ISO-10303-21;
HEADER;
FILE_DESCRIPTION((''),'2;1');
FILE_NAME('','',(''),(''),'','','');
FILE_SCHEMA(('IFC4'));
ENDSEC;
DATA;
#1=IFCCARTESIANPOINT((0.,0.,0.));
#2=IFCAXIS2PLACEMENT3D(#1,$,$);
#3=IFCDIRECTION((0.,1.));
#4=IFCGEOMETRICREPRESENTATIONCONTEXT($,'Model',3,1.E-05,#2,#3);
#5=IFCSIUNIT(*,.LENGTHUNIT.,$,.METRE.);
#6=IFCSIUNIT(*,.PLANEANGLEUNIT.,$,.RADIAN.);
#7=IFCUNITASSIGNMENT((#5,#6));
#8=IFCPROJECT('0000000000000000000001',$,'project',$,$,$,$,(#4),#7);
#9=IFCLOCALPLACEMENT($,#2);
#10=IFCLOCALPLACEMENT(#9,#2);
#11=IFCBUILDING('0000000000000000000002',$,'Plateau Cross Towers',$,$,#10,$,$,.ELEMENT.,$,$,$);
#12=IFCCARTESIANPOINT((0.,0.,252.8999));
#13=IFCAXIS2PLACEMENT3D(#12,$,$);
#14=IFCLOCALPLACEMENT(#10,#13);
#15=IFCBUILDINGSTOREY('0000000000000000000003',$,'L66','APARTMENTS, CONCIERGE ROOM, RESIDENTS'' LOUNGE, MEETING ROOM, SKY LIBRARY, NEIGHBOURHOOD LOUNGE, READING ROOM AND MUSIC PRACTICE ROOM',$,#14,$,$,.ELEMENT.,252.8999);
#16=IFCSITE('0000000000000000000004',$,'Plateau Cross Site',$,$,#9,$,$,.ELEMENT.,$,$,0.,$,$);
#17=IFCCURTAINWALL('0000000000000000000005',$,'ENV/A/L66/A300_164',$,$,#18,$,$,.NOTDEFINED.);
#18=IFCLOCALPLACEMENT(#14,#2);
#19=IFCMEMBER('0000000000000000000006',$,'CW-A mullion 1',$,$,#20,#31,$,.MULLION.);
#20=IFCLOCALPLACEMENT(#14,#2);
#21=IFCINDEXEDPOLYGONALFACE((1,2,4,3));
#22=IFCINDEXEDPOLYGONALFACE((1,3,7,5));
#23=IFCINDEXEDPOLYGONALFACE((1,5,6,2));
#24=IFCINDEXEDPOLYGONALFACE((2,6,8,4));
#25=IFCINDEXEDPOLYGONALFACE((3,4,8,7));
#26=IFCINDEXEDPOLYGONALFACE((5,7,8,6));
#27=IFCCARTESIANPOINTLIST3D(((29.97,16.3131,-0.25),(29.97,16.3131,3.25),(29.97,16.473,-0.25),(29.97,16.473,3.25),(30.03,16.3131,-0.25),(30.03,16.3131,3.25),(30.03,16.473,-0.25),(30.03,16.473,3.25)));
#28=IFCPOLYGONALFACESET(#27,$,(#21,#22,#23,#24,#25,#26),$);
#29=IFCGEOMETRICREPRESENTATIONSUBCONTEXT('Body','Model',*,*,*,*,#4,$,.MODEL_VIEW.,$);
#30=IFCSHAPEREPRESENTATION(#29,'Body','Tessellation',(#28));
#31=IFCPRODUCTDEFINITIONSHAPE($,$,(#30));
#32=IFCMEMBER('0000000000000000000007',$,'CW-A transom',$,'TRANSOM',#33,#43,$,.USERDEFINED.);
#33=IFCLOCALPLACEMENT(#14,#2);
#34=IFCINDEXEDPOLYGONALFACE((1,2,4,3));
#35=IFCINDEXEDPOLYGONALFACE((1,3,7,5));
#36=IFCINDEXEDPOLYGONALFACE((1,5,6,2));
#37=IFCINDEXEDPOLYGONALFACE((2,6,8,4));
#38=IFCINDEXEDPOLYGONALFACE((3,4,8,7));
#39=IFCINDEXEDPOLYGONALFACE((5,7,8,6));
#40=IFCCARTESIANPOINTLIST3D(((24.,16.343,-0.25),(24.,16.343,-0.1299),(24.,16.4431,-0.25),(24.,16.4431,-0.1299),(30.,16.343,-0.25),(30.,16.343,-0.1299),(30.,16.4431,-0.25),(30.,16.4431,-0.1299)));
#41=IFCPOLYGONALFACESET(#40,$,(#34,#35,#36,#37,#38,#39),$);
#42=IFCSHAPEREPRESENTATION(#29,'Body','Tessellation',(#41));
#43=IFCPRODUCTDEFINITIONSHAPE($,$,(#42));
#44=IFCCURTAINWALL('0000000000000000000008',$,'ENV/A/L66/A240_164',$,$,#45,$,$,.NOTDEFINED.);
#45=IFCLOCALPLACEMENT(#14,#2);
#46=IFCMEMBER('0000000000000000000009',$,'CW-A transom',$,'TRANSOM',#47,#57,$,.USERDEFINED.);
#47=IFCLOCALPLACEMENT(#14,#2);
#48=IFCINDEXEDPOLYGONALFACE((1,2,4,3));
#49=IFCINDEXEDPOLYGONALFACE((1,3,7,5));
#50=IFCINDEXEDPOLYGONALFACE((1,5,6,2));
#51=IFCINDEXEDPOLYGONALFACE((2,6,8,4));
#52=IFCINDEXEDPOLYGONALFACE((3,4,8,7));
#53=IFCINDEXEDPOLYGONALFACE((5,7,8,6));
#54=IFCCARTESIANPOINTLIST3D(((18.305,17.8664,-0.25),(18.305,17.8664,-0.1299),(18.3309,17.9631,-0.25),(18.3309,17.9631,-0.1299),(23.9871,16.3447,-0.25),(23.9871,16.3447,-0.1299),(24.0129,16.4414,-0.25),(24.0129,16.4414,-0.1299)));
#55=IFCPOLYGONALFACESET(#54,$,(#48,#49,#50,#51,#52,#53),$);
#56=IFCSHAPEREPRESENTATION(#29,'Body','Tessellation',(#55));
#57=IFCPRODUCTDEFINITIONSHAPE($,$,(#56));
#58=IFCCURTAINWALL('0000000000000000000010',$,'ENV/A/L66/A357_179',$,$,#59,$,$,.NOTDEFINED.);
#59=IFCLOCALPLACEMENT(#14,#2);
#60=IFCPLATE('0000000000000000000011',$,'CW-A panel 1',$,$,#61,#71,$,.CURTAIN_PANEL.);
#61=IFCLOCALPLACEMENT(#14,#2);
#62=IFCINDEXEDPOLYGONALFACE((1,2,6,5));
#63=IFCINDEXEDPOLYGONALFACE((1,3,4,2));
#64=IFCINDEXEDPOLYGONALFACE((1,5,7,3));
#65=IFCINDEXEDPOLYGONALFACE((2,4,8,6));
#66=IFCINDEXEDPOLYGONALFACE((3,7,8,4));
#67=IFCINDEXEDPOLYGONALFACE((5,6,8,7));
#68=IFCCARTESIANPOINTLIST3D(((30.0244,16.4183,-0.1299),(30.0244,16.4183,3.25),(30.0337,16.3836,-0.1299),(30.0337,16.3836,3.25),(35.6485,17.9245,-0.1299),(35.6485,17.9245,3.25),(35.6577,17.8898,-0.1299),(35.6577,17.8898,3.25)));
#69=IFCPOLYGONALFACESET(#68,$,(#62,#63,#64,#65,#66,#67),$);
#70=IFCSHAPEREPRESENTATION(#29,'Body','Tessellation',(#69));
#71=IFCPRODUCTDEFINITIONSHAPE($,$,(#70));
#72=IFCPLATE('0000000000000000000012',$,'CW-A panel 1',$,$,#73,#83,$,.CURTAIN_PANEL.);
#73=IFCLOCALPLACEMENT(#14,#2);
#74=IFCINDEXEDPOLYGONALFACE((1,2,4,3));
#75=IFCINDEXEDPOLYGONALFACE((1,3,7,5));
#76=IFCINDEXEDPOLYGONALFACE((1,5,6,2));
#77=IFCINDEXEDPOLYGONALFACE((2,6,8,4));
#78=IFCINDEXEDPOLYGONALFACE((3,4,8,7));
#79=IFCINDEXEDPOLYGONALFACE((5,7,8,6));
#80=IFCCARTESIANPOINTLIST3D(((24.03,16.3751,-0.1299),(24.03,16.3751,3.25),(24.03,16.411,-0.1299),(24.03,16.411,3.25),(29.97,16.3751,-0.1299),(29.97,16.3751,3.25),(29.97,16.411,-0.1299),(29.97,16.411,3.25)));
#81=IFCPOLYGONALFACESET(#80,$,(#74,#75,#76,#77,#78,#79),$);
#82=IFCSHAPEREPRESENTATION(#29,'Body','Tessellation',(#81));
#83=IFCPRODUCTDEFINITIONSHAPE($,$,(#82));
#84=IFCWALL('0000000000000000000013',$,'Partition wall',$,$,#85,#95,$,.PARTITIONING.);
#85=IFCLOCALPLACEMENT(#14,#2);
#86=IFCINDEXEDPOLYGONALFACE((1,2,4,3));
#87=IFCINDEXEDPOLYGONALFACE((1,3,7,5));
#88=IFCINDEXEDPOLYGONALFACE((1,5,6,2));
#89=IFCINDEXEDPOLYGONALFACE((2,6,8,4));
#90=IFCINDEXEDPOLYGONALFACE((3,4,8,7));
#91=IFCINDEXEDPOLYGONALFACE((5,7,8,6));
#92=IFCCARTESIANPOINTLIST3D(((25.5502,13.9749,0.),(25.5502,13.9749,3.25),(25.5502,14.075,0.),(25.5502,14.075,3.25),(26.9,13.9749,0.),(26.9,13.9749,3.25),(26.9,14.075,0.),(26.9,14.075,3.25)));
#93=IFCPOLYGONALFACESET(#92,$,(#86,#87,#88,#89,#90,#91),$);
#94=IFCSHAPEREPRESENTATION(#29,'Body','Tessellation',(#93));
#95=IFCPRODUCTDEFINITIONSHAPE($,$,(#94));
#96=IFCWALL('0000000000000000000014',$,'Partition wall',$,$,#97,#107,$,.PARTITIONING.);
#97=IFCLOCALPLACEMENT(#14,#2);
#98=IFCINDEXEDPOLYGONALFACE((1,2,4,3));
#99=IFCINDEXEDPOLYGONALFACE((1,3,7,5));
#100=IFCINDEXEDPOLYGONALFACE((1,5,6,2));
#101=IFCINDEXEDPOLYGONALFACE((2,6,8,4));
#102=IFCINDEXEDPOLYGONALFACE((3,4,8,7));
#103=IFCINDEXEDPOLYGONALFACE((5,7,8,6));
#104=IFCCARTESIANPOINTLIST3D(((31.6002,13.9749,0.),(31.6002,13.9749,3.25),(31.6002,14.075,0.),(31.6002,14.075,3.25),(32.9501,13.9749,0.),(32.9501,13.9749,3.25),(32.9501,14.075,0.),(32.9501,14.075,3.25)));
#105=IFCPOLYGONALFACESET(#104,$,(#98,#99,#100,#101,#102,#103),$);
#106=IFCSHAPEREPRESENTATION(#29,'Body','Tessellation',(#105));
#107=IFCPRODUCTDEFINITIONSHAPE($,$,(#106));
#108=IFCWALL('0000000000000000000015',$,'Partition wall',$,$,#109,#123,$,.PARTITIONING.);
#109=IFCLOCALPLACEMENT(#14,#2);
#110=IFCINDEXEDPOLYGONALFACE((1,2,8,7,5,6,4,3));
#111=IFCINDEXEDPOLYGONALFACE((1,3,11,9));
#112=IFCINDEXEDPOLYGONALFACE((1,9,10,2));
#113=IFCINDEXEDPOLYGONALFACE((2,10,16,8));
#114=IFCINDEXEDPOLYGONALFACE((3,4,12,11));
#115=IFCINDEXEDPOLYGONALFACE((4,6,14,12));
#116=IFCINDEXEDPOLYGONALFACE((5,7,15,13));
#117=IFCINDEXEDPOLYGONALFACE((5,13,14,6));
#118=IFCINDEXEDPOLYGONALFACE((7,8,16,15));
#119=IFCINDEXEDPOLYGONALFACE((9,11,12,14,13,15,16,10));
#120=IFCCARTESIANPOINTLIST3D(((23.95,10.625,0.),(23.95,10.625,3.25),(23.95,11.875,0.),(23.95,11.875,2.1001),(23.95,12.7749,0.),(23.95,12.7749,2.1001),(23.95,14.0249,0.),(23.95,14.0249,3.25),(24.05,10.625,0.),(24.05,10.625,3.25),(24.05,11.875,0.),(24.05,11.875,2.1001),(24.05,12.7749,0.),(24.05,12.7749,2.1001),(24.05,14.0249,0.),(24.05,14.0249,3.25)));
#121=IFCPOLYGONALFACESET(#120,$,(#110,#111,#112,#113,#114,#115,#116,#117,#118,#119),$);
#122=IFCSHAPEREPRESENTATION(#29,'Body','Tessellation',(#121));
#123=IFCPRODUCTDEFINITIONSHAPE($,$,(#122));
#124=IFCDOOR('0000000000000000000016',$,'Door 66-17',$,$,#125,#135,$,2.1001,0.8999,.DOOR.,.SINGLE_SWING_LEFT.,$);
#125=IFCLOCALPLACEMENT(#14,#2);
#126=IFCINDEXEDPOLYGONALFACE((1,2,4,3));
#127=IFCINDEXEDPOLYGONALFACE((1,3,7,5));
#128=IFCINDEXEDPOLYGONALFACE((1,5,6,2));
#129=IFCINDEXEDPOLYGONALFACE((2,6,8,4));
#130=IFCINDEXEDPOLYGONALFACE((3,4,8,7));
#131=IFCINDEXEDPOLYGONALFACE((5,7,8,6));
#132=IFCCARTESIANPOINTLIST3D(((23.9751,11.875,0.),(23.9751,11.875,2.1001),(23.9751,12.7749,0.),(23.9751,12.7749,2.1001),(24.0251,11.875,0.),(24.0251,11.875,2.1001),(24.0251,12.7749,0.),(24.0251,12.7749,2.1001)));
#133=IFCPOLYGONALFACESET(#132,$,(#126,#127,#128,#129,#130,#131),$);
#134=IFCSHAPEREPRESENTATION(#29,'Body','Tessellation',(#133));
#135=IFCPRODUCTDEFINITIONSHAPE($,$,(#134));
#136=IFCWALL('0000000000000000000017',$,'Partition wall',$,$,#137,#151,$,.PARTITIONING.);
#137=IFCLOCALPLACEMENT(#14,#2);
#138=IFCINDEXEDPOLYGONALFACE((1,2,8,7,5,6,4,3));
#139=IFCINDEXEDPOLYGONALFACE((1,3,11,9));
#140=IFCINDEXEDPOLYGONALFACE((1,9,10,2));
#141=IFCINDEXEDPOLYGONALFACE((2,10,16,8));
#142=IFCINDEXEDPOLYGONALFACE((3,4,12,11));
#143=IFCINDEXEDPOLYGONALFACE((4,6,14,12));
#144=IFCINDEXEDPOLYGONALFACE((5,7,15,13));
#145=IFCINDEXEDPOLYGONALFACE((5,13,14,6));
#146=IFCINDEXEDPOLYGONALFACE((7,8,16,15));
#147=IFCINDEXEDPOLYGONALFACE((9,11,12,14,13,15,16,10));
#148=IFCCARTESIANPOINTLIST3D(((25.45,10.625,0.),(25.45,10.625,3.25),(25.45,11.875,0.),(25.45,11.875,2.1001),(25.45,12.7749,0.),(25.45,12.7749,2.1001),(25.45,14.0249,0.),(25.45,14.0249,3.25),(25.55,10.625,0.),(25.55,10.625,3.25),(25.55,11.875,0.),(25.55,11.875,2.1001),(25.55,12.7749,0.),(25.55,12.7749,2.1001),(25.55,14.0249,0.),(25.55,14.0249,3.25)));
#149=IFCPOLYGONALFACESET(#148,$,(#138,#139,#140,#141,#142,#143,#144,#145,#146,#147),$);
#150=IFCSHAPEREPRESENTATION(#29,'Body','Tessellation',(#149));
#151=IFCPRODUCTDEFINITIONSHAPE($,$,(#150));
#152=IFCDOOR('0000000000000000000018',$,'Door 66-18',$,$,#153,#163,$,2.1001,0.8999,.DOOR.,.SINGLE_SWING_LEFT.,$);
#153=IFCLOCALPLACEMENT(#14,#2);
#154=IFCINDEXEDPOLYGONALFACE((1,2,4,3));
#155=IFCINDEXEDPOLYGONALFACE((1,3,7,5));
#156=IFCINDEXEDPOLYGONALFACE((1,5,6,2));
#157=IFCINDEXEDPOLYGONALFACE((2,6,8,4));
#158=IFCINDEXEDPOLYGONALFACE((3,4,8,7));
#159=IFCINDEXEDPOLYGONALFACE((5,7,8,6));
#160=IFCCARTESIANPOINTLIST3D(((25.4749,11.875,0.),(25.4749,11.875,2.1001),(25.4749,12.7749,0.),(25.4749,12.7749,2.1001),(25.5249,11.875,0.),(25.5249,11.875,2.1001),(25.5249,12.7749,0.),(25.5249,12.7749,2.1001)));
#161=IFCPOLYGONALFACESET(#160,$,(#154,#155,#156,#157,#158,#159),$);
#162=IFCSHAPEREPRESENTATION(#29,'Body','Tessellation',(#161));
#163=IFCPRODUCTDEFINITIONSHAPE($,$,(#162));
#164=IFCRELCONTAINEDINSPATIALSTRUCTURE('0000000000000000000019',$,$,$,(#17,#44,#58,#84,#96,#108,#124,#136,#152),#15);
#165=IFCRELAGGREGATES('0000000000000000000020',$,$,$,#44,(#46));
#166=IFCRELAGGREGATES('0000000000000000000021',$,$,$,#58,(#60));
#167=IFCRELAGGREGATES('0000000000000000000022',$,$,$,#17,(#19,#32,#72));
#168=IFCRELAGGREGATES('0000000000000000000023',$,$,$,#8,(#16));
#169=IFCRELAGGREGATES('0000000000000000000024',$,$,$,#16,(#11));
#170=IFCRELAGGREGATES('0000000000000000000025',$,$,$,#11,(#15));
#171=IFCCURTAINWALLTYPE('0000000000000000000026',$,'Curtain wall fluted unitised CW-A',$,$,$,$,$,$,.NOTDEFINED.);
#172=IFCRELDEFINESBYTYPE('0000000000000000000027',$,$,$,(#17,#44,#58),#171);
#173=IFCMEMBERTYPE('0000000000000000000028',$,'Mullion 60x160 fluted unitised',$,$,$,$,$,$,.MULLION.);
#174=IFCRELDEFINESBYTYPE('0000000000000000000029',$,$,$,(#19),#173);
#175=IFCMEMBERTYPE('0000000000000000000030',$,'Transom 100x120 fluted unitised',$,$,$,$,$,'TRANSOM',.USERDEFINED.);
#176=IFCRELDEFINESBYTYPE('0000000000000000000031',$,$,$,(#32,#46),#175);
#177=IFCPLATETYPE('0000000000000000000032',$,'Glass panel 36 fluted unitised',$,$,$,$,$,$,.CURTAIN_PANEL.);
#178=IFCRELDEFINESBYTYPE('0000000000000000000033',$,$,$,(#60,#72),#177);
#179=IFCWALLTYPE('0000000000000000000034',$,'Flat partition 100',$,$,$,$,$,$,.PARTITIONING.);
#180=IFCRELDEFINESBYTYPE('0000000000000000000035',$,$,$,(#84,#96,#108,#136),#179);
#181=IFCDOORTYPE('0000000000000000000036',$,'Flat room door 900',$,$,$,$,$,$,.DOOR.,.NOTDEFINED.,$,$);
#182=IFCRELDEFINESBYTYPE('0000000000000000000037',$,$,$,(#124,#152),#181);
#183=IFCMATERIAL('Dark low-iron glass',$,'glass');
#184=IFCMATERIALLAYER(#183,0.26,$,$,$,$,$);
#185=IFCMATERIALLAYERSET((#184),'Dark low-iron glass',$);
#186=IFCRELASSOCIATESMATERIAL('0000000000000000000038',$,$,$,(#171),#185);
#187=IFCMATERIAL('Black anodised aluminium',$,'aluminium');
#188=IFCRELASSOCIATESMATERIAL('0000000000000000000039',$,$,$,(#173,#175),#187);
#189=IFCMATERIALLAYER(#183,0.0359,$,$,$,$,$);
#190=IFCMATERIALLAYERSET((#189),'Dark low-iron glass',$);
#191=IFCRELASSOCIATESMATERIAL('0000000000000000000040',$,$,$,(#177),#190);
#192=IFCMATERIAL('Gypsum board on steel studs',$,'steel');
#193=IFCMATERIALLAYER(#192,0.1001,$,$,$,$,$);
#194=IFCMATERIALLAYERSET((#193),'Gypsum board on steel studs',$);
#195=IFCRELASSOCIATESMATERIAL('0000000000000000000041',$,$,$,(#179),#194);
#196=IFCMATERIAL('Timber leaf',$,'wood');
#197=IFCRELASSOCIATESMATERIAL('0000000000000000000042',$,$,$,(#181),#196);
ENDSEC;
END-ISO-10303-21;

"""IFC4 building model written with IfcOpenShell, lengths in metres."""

from ifc_helpers import new_model, si_unit, direction, frame, frame_2d, origin, origin_2d, place, context, subcontext, project, spatial, rectangle, extrude, material, layer, layer_set, material_profile, profile_set, type_object, element, fill, aggregate, save


model = new_model("IFC4")

# Units and contexts
model_context = context("Model", 3, precision=1e-05, world=origin(), true_north=direction((0.0, 1.0)))
body_context = subcontext(model_context, "Body", "Model", "MODEL_VIEW")
ifc_project = project(units=[si_unit("LENGTHUNIT", "METRE"), si_unit("PLANEANGLEUNIT", "RADIAN")], contexts=[model_context])

# Site, building, storey
site_placement = place(None, origin())
site = spatial("IfcSite", under=ifc_project, at=site_placement, Name="Plateau Cross Site", CompositionType="ELEMENT", RefElevation=0.0)
building_placement = place(site_placement, origin())
building = spatial("IfcBuilding", under=site, at=building_placement, Name="Plateau Cross Towers", CompositionType="ELEMENT")
storey_placement = place(building_placement, frame((0.0, 0.0, 252.8999)))
storey = spatial("IfcBuildingStorey", under=building, at=storey_placement, Name="L66", Description="APARTMENTS, CONCIERGE ROOM, RESIDENTS' LOUNGE, MEETING ROOM, SKY LIBRARY, NEIGHBOURHOOD LOUNGE, READING ROOM AND MUSIC PRACTICE ROOM", CompositionType="ELEMENT", Elevation=252.8999)

# Curtain wall, members
ifc_material_1 = material(Name="Dark low-iron glass", Category="glass")
ifc_layer_1 = layer(ifc_material_1, 0.26)
ifc_layer_set_1 = layer_set([ifc_layer_1], Name="Dark low-iron glass")
curtain_wall_type = type_object("IfcCurtainWallType", Name="Curtain wall fluted unitised CW-A", PredefinedType="NOTDEFINED", material=ifc_layer_set_1)
curtain_wall_1_placement = place(storey_placement, origin())
curtain_wall_1 = element("IfcCurtainWall", 1, at=curtain_wall_1_placement, inside=storey, type_object=curtain_wall_type, Name="ENV/A/L66/A300_164", PredefinedType="NOTDEFINED")
ifc_material_2 = material(Name="Black anodised aluminium", Category="aluminium")
ifc_material_profile_1 = material_profile(ifc_material_2, rectangle(XDim=0.0601, YDim=0.1599, at=origin_2d()), Name="MULLION 60x160")
ifc_profile_set_1 = profile_set([ifc_material_profile_1], Name="Black anodised aluminium")
member_type_1 = type_object("IfcMemberType", Name="Mullion 60x160 fluted unitised", PredefinedType="MULLION", material=ifc_profile_set_1)
member_1_placement = place(storey_placement, frame((30.0, 16.3931, -0.25), z_axis=(0.0, 0.0, 1.0), x_axis=(-1.0, 0.0, 0.0)))
member_1 = element("IfcMember", 2, at=member_1_placement, type_object=member_type_1, Name="CW-A mullion 1", PredefinedType="MULLION", context=body_context, shape_type="SweptSolid", body=[
    extrude(rectangle(XDim=0.0601, YDim=0.1599, at=origin_2d()), origin(), (0.0, 0.0, 1.0), 3.5),
])
ifc_material_profile_2 = material_profile(ifc_material_2, rectangle(XDim=0.1001, YDim=0.1201, at=origin_2d()), Name="TRANSOM 100x120")
ifc_profile_set_2 = profile_set([ifc_material_profile_2], Name="Black anodised aluminium")
member_type_2 = type_object("IfcMemberType", Name="Transom 100x120 fluted unitised", ElementType="TRANSOM", PredefinedType="USERDEFINED", material=ifc_profile_set_2)
member_2_placement = place(storey_placement, frame((30.0, 16.3931, -0.1899), z_axis=(-1.0, 0.0, 0.0), x_axis=(0.0, -1.0, 0.0)))
member_2 = element("IfcMember", 3, at=member_2_placement, type_object=member_type_2, Name="CW-A transom", ObjectType="TRANSOM", PredefinedType="USERDEFINED", context=body_context, shape_type="SweptSolid", body=[
    extrude(rectangle(XDim=0.1001, YDim=0.1201, at=origin_2d()), origin(), (0.0, 0.0, 1.0), 6.0),
])

# Curtain wall, member
curtain_wall_2_placement = place(storey_placement, origin())
curtain_wall_2 = element("IfcCurtainWall", 4, at=curtain_wall_2_placement, inside=storey, type_object=curtain_wall_type, Name="ENV/A/L66/A240_164", PredefinedType="NOTDEFINED")
member_3_placement = place(storey_placement, frame((24.0, 16.3931, -0.1899), z_axis=(-0.96596, 0.258693, 0.0), x_axis=(-0.258693, -0.96596, 0.0)))
member_3 = element("IfcMember", 5, at=member_3_placement, type_object=member_type_2, Name="CW-A transom", ObjectType="TRANSOM", PredefinedType="USERDEFINED", context=body_context, shape_type="SweptSolid", body=[
    extrude(rectangle(XDim=0.1001, YDim=0.1201, at=origin_2d()), origin(), (0.0, 0.0, 1.0), 5.8823),
])
aggregate(curtain_wall_2, [member_3])

# Curtain wall, plate
curtain_wall_3_placement = place(storey_placement, origin())
curtain_wall_3 = element("IfcCurtainWall", 6, at=curtain_wall_3_placement, inside=storey, type_object=curtain_wall_type, Name="ENV/A/L66/A357_179", PredefinedType="NOTDEFINED")
ifc_layer_2 = layer(ifc_material_1, 0.0359)
ifc_layer_set_2 = layer_set([ifc_layer_2], Name="Dark low-iron glass")
plate_type = type_object("IfcPlateType", Name="Glass panel 36 fluted unitised", PredefinedType="CURTAIN_PANEL", material=ifc_layer_set_2)
plate_1_placement = place(storey_placement, frame((32.8411, 17.1541, -0.1299), z_axis=(0.0, 0.0, 1.0), x_axis=(-0.965958, -0.258699, 0.0)))
plate_1 = element("IfcPlate", 7, at=plate_1_placement, type_object=plate_type, Name="CW-A panel 1", PredefinedType="CURTAIN_PANEL", context=body_context, shape_type="SweptSolid", body=[
    extrude(rectangle(XDim=5.8223, YDim=0.0359, at=origin_2d()), origin(), (0.0, 0.0, 1.0), 3.3799),
])
aggregate(curtain_wall_3, [plate_1])

# Plate
plate_2_placement = place(storey_placement, frame((27.0, 16.3931, -0.1299), z_axis=(0.0, 0.0, 1.0), x_axis=(-1.0, 0.0, 0.0)))
plate_2 = element("IfcPlate", 8, at=plate_2_placement, type_object=plate_type, Name="CW-A panel 1", PredefinedType="CURTAIN_PANEL", context=body_context, shape_type="SweptSolid", body=[
    extrude(rectangle(XDim=5.9399, YDim=0.0359, at=origin_2d()), origin(), (0.0, 0.0, 1.0), 3.3799),
])
aggregate(curtain_wall_1, [member_1, member_2, plate_2])

# Walls
ifc_material_3 = material(Name="Gypsum board on steel studs", Category="steel")
ifc_layer_3 = layer(ifc_material_3, 0.1001)
ifc_layer_set_3 = layer_set([ifc_layer_3], Name="Gypsum board on steel studs")
wall_type_1 = type_object("IfcWallType", Name="Flat partition 100", PredefinedType="PARTITIONING", material=ifc_layer_set_3)
for number, where, z_axis, x_axis, name in (
    (9, (26.8999, 14.0249, 0.0), (0.0, 0.0, 1.0), (-1.0, 0.0, 0.0), "Partition wall"),
    (10, (32.95, 14.0249, 0.0), (0.0, 0.0, 1.0), (-1.0, 0.0, 0.0), "Partition wall"),
):
    element("IfcWall", number, at=place(storey_placement, frame(where, z_axis=z_axis, x_axis=x_axis)), inside=storey, type_object=wall_type_1, Name=name, PredefinedType="PARTITIONING", context=body_context, shape_type="SweptSolid", body=[
        extrude(rectangle(XDim=1.3499, YDim=0.1001, at=frame_2d((0.6748, 0.0))), origin(), (0.0, 0.0, 1.0), 3.25),
    ])

# Walls, openings, doors
wall_1_placement = place(storey_placement, frame((24.0, 10.625, 0.0), z_axis=(0.0, 0.0, 1.0), x_axis=(0.0, 1.0, 0.0)))
wall_1 = element("IfcWall", 11, at=wall_1_placement, inside=storey, type_object=wall_type_1, Name="Partition wall", PredefinedType="PARTITIONING", context=body_context, shape_type="SweptSolid", body=[
    extrude(rectangle(XDim=3.3999, YDim=0.1001, at=frame_2d((1.7, 0.0))), origin(), (0.0, 0.0, 1.0), 3.25),
])
opening_1_placement = place(wall_1_placement, frame((1.25, 0.0, 0.0)))
opening_1 = element("IfcOpeningElement", 12, at=opening_1_placement, cuts=wall_1, PredefinedType="OPENING", context=body_context, shape_type="SweptSolid", body=[
    extrude(rectangle(XDim=0.8999, YDim=2.1001, at=frame_2d((0.45, 1.05))), frame((0.0, 0.0601, 0.0), z_axis=(0.0, -1.0, 0.0), x_axis=(1.0, 0.0, 0.0)), (0.0, 0.0, 1.0), 0.1201),
])
ifc_material_4 = material(Name="Timber leaf", Category="wood")
door_type_1 = type_object("IfcDoorType", Name="Flat room door 900", OperationType="NOTDEFINED", PredefinedType="DOOR", material=ifc_material_4)
door_1_placement = place(opening_1_placement, origin())
door_1 = element("IfcDoor", 13, at=door_1_placement, inside=storey, type_object=door_type_1, Name="Door 66-17", OperationType="SINGLE_SWING_LEFT", OverallHeight=2.1001, OverallWidth=0.8999, PredefinedType="DOOR", context=body_context, shape_type="SweptSolid", body=[
    extrude(rectangle(XDim=0.8999, YDim=2.1001, at=frame_2d((0.45, 1.05))), frame((0.0, 0.0249, 0.0), z_axis=(0.0, -1.0, 0.0), x_axis=(1.0, 0.0, 0.0)), (0.0, 0.0, 1.0), 0.05),
])
fill(opening_1, door_1)
wall_2_placement = place(storey_placement, frame((25.5, 14.0249, 0.0), z_axis=(0.0, 0.0, 1.0), x_axis=(0.0, -1.0, 0.0)))
wall_2 = element("IfcWall", 14, at=wall_2_placement, inside=storey, type_object=wall_type_1, Name="Partition wall", PredefinedType="PARTITIONING", context=body_context, shape_type="SweptSolid", body=[
    extrude(rectangle(XDim=3.3999, YDim=0.1001, at=frame_2d((1.7, 0.0))), origin(), (0.0, 0.0, 1.0), 3.25),
])
opening_2_placement = place(wall_2_placement, frame((1.25, 0.0, 0.0)))
opening_2 = element("IfcOpeningElement", 15, at=opening_2_placement, cuts=wall_2, PredefinedType="OPENING", context=body_context, shape_type="SweptSolid", body=[
    extrude(rectangle(XDim=0.8999, YDim=2.1001, at=frame_2d((0.45, 1.05))), frame((0.0, 0.0601, 0.0), z_axis=(0.0, -1.0, 0.0), x_axis=(1.0, 0.0, 0.0)), (0.0, 0.0, 1.0), 0.1201),
])
door_2_placement = place(opening_2_placement, origin())
door_2 = element("IfcDoor", 16, at=door_2_placement, inside=storey, type_object=door_type_1, Name="Door 66-18", OperationType="SINGLE_SWING_LEFT", OverallHeight=2.1001, OverallWidth=0.8999, PredefinedType="DOOR", context=body_context, shape_type="SweptSolid", body=[
    extrude(rectangle(XDim=0.8999, YDim=2.1001, at=frame_2d((0.45, 1.05))), frame((0.0, 0.0249, 0.0), z_axis=(0.0, -1.0, 0.0), x_axis=(1.0, 0.0, 0.0)), (0.0, 0.0, 1.0), 0.05),
])
fill(opening_2, door_2)

save(model, "model.ifc")
